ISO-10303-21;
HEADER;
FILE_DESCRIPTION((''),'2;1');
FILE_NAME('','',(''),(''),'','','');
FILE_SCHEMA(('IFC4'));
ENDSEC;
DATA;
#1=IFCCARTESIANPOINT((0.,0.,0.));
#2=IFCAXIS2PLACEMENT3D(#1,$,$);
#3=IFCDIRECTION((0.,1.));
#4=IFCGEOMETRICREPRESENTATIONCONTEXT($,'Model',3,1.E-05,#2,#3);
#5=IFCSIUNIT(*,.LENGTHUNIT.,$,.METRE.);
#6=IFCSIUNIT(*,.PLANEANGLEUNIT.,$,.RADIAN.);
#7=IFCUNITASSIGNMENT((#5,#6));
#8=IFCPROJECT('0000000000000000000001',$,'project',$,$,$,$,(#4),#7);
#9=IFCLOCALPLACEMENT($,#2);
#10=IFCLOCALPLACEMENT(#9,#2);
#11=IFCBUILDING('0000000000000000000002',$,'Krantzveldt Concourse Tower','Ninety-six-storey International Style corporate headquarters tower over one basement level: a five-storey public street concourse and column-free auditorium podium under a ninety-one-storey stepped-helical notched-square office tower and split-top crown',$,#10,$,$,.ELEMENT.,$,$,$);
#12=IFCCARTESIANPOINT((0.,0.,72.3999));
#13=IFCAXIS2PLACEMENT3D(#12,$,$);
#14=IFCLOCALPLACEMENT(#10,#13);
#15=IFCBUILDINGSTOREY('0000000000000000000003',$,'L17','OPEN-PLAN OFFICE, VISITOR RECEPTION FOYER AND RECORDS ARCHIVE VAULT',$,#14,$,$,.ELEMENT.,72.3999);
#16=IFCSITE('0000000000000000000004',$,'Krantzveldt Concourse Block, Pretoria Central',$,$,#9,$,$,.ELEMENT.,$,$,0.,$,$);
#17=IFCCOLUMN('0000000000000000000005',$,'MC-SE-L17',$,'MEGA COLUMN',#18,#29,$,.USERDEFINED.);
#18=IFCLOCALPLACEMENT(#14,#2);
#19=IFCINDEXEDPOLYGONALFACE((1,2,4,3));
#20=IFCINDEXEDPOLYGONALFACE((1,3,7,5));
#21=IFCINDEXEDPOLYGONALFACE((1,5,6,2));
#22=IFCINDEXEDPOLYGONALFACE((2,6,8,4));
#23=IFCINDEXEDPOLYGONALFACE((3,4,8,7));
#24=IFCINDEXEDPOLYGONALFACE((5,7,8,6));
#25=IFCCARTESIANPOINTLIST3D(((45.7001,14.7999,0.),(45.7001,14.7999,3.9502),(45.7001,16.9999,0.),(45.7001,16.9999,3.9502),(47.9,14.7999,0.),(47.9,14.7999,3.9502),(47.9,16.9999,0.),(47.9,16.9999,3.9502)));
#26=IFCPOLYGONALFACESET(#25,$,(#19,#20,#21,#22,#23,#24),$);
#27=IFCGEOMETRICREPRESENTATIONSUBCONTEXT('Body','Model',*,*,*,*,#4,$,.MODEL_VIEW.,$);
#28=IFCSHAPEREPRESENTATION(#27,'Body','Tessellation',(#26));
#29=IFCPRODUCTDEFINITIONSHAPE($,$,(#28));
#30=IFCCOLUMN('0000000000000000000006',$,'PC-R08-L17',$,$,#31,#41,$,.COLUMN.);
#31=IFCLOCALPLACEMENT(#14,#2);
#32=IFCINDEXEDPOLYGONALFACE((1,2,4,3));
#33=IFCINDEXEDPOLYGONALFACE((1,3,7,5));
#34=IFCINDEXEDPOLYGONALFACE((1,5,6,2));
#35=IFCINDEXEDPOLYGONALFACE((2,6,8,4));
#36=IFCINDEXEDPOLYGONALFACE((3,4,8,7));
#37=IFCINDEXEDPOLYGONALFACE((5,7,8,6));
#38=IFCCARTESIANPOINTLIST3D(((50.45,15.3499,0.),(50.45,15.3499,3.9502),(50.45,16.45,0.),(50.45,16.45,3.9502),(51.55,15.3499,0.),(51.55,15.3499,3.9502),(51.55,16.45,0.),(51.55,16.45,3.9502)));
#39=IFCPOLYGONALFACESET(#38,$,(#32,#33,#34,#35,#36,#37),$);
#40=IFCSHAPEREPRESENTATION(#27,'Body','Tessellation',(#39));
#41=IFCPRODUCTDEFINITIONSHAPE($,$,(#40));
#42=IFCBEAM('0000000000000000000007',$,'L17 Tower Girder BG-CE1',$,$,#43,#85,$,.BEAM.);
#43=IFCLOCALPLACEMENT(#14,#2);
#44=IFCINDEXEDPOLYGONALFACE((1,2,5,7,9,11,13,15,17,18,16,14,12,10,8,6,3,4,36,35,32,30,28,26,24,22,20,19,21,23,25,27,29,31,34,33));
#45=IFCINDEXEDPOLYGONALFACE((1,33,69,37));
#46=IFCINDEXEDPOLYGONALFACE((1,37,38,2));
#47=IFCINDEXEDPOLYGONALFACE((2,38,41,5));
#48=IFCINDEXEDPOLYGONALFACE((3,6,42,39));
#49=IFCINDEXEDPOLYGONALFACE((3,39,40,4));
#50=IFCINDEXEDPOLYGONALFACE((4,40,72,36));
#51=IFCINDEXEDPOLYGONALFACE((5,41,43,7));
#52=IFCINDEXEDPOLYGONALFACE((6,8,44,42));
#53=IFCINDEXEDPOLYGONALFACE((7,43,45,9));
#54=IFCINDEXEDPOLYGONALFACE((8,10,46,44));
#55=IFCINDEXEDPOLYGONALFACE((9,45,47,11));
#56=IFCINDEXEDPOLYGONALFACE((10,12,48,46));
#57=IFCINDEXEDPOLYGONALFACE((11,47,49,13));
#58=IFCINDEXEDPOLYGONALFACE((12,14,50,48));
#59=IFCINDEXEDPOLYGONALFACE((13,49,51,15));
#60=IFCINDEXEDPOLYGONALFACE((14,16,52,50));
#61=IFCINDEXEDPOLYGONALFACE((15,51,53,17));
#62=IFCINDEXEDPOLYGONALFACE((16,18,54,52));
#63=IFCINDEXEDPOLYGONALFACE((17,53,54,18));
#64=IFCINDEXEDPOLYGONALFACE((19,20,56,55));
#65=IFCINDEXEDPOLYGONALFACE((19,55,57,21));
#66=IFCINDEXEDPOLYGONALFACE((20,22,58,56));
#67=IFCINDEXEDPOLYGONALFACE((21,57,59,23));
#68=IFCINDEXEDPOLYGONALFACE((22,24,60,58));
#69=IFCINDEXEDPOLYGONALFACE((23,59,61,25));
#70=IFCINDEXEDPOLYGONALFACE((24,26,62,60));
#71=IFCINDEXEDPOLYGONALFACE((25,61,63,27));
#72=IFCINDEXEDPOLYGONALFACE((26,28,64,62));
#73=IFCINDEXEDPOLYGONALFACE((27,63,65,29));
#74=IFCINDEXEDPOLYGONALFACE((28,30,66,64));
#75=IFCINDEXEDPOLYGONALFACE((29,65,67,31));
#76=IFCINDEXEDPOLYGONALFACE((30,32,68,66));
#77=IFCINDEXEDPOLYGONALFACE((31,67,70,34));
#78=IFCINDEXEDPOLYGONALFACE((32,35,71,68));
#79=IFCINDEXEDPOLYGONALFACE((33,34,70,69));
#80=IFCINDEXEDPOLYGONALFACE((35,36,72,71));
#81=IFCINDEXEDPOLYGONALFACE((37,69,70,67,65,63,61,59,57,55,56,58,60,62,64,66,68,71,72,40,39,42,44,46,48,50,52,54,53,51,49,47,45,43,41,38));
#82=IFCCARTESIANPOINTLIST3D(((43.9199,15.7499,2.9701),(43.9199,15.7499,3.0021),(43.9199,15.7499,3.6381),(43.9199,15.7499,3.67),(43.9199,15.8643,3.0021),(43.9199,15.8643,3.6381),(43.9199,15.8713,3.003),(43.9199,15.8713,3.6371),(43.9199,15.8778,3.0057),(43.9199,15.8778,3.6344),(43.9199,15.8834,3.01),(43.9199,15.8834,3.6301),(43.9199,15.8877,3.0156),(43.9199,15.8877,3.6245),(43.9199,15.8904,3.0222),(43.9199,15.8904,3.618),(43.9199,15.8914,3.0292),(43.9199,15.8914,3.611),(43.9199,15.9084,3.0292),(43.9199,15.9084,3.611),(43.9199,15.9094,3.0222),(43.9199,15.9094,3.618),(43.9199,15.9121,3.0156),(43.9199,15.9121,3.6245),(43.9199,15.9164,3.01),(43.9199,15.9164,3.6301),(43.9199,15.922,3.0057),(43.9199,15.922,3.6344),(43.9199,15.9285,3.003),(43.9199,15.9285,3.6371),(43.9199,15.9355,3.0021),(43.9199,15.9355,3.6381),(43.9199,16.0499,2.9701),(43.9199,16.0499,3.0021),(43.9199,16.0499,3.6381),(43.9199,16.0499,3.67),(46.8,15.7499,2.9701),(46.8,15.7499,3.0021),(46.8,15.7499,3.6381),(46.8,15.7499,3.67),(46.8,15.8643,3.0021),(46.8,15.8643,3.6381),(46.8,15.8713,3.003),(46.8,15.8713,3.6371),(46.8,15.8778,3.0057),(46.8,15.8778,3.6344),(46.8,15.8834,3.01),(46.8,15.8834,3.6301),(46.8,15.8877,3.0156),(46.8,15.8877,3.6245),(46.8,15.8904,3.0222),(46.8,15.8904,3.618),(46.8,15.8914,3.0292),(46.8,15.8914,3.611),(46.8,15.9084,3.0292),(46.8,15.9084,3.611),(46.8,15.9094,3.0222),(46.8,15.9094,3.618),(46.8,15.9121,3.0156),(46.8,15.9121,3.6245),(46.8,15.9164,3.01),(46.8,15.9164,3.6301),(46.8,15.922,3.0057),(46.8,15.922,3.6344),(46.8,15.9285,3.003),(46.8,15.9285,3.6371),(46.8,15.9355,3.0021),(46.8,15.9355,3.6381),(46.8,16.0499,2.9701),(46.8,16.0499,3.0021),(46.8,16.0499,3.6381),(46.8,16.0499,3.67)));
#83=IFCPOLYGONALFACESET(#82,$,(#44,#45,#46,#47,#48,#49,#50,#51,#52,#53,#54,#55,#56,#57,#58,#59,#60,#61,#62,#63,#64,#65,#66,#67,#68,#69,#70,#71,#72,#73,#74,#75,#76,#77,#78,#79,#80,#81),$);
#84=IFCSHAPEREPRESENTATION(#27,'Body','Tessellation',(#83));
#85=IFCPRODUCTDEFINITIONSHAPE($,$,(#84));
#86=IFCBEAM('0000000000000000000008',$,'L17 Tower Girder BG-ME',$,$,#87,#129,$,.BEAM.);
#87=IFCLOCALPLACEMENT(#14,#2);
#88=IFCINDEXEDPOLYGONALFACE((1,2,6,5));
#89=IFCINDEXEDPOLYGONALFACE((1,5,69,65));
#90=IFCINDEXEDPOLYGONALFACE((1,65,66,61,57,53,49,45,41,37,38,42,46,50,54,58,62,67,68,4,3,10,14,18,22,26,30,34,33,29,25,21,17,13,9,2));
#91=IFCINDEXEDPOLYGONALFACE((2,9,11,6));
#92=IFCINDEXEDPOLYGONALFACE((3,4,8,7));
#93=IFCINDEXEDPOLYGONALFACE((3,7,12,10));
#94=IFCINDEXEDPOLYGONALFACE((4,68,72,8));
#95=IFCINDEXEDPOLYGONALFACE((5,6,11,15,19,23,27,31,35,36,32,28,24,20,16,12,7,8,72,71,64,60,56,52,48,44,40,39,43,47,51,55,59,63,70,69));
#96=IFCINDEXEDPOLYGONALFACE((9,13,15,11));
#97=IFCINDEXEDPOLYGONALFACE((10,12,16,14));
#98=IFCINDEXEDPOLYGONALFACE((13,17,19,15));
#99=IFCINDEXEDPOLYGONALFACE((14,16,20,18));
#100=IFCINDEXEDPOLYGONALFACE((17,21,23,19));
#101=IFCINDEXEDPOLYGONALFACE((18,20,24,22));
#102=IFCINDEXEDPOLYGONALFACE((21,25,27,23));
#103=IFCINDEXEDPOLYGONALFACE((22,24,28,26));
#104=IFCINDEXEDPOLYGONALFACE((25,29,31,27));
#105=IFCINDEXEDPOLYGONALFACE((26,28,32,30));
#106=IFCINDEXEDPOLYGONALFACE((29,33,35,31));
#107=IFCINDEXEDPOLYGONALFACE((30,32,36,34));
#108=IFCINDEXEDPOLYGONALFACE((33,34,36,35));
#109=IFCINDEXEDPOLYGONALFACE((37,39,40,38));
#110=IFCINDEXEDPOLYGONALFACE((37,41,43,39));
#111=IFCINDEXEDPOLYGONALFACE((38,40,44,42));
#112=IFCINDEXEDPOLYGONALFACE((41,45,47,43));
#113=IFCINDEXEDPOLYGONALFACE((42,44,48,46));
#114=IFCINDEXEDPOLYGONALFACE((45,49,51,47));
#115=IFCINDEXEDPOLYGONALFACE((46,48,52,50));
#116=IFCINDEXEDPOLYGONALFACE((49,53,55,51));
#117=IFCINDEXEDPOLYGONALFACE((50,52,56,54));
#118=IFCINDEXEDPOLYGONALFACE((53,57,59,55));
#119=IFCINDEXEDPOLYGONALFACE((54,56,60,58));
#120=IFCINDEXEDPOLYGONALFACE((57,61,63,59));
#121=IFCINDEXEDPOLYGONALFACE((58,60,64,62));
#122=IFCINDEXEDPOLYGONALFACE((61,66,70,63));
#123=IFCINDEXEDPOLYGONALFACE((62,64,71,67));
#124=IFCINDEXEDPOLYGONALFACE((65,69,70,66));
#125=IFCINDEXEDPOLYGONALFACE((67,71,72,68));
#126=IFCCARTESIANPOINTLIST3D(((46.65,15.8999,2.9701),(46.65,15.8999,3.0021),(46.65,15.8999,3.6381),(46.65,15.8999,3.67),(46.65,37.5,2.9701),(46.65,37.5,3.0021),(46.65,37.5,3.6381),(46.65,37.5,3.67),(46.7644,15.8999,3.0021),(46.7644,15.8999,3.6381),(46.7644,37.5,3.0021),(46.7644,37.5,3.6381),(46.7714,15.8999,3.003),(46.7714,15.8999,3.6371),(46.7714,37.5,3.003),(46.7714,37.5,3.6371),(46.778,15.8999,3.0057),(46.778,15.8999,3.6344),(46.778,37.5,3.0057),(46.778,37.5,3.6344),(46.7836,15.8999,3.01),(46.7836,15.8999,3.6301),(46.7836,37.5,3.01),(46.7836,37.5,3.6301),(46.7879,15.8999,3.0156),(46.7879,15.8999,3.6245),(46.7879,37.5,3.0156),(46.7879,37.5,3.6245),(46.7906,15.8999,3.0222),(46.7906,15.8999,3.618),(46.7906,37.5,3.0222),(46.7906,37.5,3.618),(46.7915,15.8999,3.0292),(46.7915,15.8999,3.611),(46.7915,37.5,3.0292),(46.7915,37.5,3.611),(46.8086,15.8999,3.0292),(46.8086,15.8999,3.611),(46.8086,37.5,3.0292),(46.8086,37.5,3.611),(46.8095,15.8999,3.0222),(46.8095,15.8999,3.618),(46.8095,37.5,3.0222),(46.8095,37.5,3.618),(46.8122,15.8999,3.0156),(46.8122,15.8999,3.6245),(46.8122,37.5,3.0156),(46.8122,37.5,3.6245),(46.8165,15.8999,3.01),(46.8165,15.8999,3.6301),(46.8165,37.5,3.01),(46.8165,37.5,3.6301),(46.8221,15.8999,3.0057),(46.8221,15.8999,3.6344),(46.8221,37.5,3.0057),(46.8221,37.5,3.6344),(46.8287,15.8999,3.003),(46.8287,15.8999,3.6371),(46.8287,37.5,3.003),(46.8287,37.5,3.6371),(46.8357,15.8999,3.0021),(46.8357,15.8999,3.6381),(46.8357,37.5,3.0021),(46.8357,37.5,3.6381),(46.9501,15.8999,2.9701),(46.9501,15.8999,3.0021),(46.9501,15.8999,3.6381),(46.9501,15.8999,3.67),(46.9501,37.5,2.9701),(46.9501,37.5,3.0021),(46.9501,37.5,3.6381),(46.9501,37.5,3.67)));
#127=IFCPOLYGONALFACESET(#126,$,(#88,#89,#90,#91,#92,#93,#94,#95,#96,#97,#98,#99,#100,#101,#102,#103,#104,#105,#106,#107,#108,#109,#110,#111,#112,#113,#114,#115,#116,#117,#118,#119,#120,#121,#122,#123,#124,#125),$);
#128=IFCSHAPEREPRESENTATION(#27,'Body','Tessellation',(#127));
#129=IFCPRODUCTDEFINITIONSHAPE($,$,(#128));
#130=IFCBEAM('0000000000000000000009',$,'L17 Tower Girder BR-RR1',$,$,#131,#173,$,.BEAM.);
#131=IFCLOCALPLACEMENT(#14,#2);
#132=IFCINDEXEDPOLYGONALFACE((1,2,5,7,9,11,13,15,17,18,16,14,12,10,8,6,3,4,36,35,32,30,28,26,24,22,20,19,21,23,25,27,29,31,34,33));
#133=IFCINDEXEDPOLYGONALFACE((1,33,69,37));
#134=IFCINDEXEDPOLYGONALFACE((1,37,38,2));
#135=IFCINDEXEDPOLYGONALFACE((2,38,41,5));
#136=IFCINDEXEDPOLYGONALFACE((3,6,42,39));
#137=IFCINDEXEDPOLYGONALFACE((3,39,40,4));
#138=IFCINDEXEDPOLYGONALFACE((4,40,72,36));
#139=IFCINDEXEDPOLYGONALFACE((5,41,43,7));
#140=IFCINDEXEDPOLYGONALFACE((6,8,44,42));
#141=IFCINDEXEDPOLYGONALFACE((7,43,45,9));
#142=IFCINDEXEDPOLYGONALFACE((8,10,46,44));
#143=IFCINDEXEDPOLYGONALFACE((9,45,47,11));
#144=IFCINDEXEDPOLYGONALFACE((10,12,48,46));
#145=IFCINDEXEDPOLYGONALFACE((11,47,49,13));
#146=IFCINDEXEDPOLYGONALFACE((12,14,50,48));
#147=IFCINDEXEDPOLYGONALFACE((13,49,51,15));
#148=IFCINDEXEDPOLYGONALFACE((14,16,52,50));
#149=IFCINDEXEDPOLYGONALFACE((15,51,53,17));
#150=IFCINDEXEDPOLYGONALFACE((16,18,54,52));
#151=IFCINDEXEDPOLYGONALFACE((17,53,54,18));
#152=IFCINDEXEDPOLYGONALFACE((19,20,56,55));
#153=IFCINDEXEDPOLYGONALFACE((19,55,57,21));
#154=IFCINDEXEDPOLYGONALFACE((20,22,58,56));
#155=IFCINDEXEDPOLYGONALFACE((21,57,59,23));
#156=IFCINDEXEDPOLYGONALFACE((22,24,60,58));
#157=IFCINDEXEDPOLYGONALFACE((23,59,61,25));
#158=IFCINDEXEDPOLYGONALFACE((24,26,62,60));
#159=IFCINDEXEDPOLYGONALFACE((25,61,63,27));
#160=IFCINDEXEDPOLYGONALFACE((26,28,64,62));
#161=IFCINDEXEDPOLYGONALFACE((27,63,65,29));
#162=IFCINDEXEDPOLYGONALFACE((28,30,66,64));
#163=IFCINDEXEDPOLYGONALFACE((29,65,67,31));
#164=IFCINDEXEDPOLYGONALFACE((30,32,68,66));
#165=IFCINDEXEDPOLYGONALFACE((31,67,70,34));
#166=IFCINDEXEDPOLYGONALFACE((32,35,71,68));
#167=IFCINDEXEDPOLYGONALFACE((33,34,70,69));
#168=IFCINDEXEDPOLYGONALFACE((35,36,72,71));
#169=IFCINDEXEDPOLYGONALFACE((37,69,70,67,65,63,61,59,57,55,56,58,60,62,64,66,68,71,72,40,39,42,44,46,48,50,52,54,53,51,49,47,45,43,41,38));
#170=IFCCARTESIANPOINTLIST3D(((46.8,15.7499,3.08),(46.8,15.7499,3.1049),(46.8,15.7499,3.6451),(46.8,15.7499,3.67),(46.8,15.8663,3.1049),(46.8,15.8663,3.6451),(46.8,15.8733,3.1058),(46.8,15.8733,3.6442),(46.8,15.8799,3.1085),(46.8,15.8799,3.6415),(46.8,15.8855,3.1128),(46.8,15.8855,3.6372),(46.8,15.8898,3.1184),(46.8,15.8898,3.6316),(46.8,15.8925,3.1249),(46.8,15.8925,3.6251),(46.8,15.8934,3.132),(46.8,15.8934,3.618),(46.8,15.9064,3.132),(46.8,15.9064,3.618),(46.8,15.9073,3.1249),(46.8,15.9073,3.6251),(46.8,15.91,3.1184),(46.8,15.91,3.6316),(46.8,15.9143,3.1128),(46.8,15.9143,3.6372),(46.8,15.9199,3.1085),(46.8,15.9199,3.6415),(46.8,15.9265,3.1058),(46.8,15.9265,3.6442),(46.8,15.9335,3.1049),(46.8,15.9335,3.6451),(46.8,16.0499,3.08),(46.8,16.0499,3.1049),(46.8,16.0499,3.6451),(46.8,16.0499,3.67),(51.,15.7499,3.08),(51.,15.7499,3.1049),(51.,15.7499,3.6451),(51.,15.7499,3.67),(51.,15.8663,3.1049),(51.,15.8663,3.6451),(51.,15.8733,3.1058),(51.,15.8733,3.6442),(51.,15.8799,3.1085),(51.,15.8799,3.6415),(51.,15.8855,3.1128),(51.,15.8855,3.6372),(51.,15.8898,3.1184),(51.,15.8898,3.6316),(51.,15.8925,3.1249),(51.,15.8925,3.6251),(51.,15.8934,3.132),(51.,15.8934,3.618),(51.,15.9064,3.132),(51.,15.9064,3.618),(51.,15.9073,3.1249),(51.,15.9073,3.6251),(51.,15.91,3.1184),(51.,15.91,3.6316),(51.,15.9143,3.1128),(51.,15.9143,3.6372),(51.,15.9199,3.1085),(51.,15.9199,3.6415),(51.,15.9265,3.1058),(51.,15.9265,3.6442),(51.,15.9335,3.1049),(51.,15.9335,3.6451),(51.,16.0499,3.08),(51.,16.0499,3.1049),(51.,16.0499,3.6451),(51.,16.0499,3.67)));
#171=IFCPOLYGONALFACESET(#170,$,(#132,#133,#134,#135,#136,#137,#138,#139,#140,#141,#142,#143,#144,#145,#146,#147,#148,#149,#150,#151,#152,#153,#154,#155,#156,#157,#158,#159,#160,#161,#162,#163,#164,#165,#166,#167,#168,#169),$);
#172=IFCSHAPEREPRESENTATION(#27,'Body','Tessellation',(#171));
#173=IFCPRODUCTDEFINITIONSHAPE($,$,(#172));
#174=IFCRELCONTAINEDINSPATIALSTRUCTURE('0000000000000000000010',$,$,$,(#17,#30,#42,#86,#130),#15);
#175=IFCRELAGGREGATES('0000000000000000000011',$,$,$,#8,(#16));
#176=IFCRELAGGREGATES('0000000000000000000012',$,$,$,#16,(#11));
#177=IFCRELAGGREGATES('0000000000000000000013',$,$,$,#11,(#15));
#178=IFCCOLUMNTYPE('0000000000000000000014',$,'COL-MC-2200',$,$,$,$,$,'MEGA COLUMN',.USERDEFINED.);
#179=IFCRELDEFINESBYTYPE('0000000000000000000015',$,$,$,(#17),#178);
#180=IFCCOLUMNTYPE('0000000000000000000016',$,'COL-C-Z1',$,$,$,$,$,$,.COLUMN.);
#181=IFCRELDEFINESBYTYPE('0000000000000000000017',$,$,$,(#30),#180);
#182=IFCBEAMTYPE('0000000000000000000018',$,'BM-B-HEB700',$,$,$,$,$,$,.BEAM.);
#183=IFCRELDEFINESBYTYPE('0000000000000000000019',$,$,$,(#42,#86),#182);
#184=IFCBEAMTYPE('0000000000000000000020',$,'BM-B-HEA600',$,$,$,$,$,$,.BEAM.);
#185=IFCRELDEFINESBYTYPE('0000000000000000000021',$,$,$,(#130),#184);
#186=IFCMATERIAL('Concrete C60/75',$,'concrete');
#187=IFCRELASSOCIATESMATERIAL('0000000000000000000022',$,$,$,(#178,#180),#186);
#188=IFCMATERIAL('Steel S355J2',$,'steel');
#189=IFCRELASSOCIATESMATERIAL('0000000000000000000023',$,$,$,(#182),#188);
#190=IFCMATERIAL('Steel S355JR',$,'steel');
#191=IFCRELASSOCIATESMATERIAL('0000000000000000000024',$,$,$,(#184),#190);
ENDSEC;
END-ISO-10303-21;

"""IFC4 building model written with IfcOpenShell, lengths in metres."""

from ifc_helpers import new_model, si_unit, direction, frame, origin, origin_2d, place, context, subcontext, project, spatial, rectangle, i_section, extrude, source, transform, mapped, material, material_profile, profile_set, type_object, type_shapes, element, save


model = new_model("IFC4")

# Units and contexts
model_context = context("Model", 3, precision=1e-05, world=origin(), true_north=direction((0.0, 1.0)))
body_context = subcontext(model_context, "Body", "Model", "MODEL_VIEW")
ifc_project = project(units=[si_unit("LENGTHUNIT", "METRE"), si_unit("PLANEANGLEUNIT", "RADIAN")], contexts=[model_context])

# Site, building, storey
site_placement = place(None, origin())
site = spatial("IfcSite", under=ifc_project, at=site_placement, Name="Krantzveldt Concourse Block, Pretoria Central", CompositionType="ELEMENT", RefElevation=0.0)
building_placement = place(site_placement, origin())
building = spatial("IfcBuilding", under=site, at=building_placement, Name="Krantzveldt Concourse Tower", Description="Ninety-six-storey International Style corporate headquarters tower over one basement level: a five-storey public street concourse and column-free auditorium podium under a ninety-one-storey stepped-helical notched-square office tower and split-top crown", CompositionType="ELEMENT")
storey_placement = place(building_placement, frame((0.0, 0.0, 72.3999)))
storey = spatial("IfcBuildingStorey", under=building, at=storey_placement, Name="L17", Description="OPEN-PLAN OFFICE, VISITOR RECEPTION FOYER AND RECORDS ARCHIVE VAULT", CompositionType="ELEMENT", Elevation=72.3999)

# Columns
ifc_material_1 = material(Name="Concrete C60/75", Category="concrete")
ifc_material_profile_1 = material_profile(ifc_material_1, rectangle(XDim=2.2, YDim=2.2, at=origin_2d()), Name="Concrete C60/75", Category="concrete")
ifc_profile_set_1 = profile_set([ifc_material_profile_1], Name="Concrete C60/75 - RC 2200x2200")
column_type_1 = type_object("IfcColumnType", Name="COL-MC-2200", ElementType="MEGA COLUMN", PredefinedType="USERDEFINED", material=ifc_profile_set_1)
shared_shape_1 = source(origin(), body_context, "Body", "SweptSolid", [
    extrude(rectangle(XDim=2.2, YDim=2.2, at=origin_2d()), origin(), (0.0, 0.0, 1.0), 3.9502),
])
type_shapes(column_type_1, [shared_shape_1])
column_1_placement = place(storey_placement, frame((46.8, 15.8999, 0.0), z_axis=(0.0, 0.0, 1.0), x_axis=(1.0, 0.0, 0.0)))
element("IfcColumn", 1, at=column_1_placement, inside=storey, type_object=column_type_1, Name="MC-SE-L17", ObjectType="MEGA COLUMN", PredefinedType="USERDEFINED", context=body_context, shape_type="MappedRepresentation", body=[
    mapped(shared_shape_1, transform((0.0, 0.0, 0.0), x_axis=(1.0, 0.0, 0.0), y_axis=(0.0, 1.0, 0.0), z_axis=(0.0, 0.0, 1.0), scale=1.0)),
])
ifc_material_profile_2 = material_profile(ifc_material_1, rectangle(XDim=1.1001, YDim=1.1001, at=origin_2d()), Name="Concrete C60/75", Category="concrete")
ifc_profile_set_2 = profile_set([ifc_material_profile_2], Name="Concrete C60/75 - RC 1100x1100")
column_type_2 = type_object("IfcColumnType", Name="COL-C-Z1", PredefinedType="COLUMN", material=ifc_profile_set_2)
shared_shape_2 = source(origin(), body_context, "Body", "SweptSolid", [
    extrude(rectangle(XDim=1.1001, YDim=1.1001, at=origin_2d()), origin(), (0.0, 0.0, 1.0), 3.9502),
])
type_shapes(column_type_2, [shared_shape_2])
column_2_placement = place(storey_placement, frame((51.0, 15.8999, 0.0), z_axis=(0.0, 0.0, 1.0), x_axis=(1.0, 0.0, 0.0)))
element("IfcColumn", 2, at=column_2_placement, inside=storey, type_object=column_type_2, Name="PC-R08-L17", PredefinedType="COLUMN", context=body_context, shape_type="MappedRepresentation", body=[
    mapped(shared_shape_2, transform((0.0, 0.0, 0.0), x_axis=(1.0, 0.0, 0.0), y_axis=(0.0, 1.0, 0.0), z_axis=(0.0, 0.0, 1.0), scale=1.0)),
])

# Beams
ifc_material_2 = material(Name="Steel S355J2", Category="steel")
ifc_material_profile_3 = material_profile(ifc_material_2, i_section(OverallWidth=0.3, OverallDepth=0.7, WebThickness=0.0171, FlangeThickness=0.032, FilletRadius=0.0271, at=origin_2d()), Name="Steel S355J2", Category="steel")
ifc_profile_set_3 = profile_set([ifc_material_profile_3], Name="Steel S355J2 - HEB 700")
beam_type_1 = type_object("IfcBeamType", Name="BM-B-HEB700", PredefinedType="BEAM", material=ifc_profile_set_3)
shared_shape_3 = source(origin(), body_context, "Body", "SweptSolid", [
    extrude(i_section(OverallWidth=0.3, OverallDepth=0.7, WebThickness=0.0171, FlangeThickness=0.032, FilletRadius=0.0271, at=origin_2d()), origin(), (0.0, 0.0, 1.0), 2.8801),
])
beam_1_placement = place(storey_placement, frame((43.9199, 15.8999, 3.3201), z_axis=(1.0, 0.0, 0.0), x_axis=(0.0, 1.0, 0.0)))
element("IfcBeam", 3, at=beam_1_placement, inside=storey, type_object=beam_type_1, Name="L17 Tower Girder BG-CE1", PredefinedType="BEAM", context=body_context, shape_type="MappedRepresentation", body=[
    mapped(shared_shape_3, transform((0.0, 0.0, 0.0), x_axis=(1.0, 0.0, 0.0), y_axis=(0.0, 1.0, 0.0), z_axis=(0.0, 0.0, 1.0), scale=1.0)),
])
shared_shape_4 = source(origin(), body_context, "Body", "SweptSolid", [
    extrude(i_section(OverallWidth=0.3, OverallDepth=0.7, WebThickness=0.0171, FlangeThickness=0.032, FilletRadius=0.0271, at=origin_2d()), origin(), (0.0, 0.0, 1.0), 21.6001),
])
type_shapes(beam_type_1, [shared_shape_3, shared_shape_4])
beam_2_placement = place(storey_placement, frame((46.8, 15.8999, 3.3201), z_axis=(0.0, 1.0, 0.0), x_axis=(-1.0, 0.0, 0.0)))
element("IfcBeam", 4, at=beam_2_placement, inside=storey, type_object=beam_type_1, Name="L17 Tower Girder BG-ME", PredefinedType="BEAM", context=body_context, shape_type="MappedRepresentation", body=[
    mapped(shared_shape_4, transform((0.0, 0.0, 0.0), x_axis=(1.0, 0.0, 0.0), y_axis=(0.0, 1.0, 0.0), z_axis=(0.0, 0.0, 1.0), scale=1.0)),
])
ifc_material_3 = material(Name="Steel S355JR", Category="steel")
ifc_material_profile_4 = material_profile(ifc_material_3, i_section(OverallWidth=0.3, OverallDepth=0.5901, WebThickness=0.0129, FlangeThickness=0.0249, FilletRadius=0.0271, at=origin_2d()), Name="Steel S355JR", Category="steel")
ifc_profile_set_4 = profile_set([ifc_material_profile_4], Name="Steel S355JR - HEA 600")
beam_type_2 = type_object("IfcBeamType", Name="BM-B-HEA600", PredefinedType="BEAM", material=ifc_profile_set_4)
shared_shape_5 = source(origin(), body_context, "Body", "SweptSolid", [
    extrude(i_section(OverallWidth=0.3, OverallDepth=0.5901, WebThickness=0.0129, FlangeThickness=0.0249, FilletRadius=0.0271, at=origin_2d()), origin(), (0.0, 0.0, 1.0), 4.2),
])
beam_3_placement = place(storey_placement, frame((46.8, 15.8999, 3.375), z_axis=(1.0, 0.0, 0.0), x_axis=(0.0, 1.0, 0.0)))
element("IfcBeam", 5, at=beam_3_placement, inside=storey, type_object=beam_type_2, Name="L17 Tower Girder BR-RR1", PredefinedType="BEAM", context=body_context, shape_type="MappedRepresentation", body=[
    mapped(shared_shape_5, transform((0.0, 0.0, 0.0), x_axis=(1.0, 0.0, 0.0), y_axis=(0.0, 1.0, 0.0), z_axis=(0.0, 0.0, 1.0), scale=1.0)),
])

save(model, "model.ifc")
